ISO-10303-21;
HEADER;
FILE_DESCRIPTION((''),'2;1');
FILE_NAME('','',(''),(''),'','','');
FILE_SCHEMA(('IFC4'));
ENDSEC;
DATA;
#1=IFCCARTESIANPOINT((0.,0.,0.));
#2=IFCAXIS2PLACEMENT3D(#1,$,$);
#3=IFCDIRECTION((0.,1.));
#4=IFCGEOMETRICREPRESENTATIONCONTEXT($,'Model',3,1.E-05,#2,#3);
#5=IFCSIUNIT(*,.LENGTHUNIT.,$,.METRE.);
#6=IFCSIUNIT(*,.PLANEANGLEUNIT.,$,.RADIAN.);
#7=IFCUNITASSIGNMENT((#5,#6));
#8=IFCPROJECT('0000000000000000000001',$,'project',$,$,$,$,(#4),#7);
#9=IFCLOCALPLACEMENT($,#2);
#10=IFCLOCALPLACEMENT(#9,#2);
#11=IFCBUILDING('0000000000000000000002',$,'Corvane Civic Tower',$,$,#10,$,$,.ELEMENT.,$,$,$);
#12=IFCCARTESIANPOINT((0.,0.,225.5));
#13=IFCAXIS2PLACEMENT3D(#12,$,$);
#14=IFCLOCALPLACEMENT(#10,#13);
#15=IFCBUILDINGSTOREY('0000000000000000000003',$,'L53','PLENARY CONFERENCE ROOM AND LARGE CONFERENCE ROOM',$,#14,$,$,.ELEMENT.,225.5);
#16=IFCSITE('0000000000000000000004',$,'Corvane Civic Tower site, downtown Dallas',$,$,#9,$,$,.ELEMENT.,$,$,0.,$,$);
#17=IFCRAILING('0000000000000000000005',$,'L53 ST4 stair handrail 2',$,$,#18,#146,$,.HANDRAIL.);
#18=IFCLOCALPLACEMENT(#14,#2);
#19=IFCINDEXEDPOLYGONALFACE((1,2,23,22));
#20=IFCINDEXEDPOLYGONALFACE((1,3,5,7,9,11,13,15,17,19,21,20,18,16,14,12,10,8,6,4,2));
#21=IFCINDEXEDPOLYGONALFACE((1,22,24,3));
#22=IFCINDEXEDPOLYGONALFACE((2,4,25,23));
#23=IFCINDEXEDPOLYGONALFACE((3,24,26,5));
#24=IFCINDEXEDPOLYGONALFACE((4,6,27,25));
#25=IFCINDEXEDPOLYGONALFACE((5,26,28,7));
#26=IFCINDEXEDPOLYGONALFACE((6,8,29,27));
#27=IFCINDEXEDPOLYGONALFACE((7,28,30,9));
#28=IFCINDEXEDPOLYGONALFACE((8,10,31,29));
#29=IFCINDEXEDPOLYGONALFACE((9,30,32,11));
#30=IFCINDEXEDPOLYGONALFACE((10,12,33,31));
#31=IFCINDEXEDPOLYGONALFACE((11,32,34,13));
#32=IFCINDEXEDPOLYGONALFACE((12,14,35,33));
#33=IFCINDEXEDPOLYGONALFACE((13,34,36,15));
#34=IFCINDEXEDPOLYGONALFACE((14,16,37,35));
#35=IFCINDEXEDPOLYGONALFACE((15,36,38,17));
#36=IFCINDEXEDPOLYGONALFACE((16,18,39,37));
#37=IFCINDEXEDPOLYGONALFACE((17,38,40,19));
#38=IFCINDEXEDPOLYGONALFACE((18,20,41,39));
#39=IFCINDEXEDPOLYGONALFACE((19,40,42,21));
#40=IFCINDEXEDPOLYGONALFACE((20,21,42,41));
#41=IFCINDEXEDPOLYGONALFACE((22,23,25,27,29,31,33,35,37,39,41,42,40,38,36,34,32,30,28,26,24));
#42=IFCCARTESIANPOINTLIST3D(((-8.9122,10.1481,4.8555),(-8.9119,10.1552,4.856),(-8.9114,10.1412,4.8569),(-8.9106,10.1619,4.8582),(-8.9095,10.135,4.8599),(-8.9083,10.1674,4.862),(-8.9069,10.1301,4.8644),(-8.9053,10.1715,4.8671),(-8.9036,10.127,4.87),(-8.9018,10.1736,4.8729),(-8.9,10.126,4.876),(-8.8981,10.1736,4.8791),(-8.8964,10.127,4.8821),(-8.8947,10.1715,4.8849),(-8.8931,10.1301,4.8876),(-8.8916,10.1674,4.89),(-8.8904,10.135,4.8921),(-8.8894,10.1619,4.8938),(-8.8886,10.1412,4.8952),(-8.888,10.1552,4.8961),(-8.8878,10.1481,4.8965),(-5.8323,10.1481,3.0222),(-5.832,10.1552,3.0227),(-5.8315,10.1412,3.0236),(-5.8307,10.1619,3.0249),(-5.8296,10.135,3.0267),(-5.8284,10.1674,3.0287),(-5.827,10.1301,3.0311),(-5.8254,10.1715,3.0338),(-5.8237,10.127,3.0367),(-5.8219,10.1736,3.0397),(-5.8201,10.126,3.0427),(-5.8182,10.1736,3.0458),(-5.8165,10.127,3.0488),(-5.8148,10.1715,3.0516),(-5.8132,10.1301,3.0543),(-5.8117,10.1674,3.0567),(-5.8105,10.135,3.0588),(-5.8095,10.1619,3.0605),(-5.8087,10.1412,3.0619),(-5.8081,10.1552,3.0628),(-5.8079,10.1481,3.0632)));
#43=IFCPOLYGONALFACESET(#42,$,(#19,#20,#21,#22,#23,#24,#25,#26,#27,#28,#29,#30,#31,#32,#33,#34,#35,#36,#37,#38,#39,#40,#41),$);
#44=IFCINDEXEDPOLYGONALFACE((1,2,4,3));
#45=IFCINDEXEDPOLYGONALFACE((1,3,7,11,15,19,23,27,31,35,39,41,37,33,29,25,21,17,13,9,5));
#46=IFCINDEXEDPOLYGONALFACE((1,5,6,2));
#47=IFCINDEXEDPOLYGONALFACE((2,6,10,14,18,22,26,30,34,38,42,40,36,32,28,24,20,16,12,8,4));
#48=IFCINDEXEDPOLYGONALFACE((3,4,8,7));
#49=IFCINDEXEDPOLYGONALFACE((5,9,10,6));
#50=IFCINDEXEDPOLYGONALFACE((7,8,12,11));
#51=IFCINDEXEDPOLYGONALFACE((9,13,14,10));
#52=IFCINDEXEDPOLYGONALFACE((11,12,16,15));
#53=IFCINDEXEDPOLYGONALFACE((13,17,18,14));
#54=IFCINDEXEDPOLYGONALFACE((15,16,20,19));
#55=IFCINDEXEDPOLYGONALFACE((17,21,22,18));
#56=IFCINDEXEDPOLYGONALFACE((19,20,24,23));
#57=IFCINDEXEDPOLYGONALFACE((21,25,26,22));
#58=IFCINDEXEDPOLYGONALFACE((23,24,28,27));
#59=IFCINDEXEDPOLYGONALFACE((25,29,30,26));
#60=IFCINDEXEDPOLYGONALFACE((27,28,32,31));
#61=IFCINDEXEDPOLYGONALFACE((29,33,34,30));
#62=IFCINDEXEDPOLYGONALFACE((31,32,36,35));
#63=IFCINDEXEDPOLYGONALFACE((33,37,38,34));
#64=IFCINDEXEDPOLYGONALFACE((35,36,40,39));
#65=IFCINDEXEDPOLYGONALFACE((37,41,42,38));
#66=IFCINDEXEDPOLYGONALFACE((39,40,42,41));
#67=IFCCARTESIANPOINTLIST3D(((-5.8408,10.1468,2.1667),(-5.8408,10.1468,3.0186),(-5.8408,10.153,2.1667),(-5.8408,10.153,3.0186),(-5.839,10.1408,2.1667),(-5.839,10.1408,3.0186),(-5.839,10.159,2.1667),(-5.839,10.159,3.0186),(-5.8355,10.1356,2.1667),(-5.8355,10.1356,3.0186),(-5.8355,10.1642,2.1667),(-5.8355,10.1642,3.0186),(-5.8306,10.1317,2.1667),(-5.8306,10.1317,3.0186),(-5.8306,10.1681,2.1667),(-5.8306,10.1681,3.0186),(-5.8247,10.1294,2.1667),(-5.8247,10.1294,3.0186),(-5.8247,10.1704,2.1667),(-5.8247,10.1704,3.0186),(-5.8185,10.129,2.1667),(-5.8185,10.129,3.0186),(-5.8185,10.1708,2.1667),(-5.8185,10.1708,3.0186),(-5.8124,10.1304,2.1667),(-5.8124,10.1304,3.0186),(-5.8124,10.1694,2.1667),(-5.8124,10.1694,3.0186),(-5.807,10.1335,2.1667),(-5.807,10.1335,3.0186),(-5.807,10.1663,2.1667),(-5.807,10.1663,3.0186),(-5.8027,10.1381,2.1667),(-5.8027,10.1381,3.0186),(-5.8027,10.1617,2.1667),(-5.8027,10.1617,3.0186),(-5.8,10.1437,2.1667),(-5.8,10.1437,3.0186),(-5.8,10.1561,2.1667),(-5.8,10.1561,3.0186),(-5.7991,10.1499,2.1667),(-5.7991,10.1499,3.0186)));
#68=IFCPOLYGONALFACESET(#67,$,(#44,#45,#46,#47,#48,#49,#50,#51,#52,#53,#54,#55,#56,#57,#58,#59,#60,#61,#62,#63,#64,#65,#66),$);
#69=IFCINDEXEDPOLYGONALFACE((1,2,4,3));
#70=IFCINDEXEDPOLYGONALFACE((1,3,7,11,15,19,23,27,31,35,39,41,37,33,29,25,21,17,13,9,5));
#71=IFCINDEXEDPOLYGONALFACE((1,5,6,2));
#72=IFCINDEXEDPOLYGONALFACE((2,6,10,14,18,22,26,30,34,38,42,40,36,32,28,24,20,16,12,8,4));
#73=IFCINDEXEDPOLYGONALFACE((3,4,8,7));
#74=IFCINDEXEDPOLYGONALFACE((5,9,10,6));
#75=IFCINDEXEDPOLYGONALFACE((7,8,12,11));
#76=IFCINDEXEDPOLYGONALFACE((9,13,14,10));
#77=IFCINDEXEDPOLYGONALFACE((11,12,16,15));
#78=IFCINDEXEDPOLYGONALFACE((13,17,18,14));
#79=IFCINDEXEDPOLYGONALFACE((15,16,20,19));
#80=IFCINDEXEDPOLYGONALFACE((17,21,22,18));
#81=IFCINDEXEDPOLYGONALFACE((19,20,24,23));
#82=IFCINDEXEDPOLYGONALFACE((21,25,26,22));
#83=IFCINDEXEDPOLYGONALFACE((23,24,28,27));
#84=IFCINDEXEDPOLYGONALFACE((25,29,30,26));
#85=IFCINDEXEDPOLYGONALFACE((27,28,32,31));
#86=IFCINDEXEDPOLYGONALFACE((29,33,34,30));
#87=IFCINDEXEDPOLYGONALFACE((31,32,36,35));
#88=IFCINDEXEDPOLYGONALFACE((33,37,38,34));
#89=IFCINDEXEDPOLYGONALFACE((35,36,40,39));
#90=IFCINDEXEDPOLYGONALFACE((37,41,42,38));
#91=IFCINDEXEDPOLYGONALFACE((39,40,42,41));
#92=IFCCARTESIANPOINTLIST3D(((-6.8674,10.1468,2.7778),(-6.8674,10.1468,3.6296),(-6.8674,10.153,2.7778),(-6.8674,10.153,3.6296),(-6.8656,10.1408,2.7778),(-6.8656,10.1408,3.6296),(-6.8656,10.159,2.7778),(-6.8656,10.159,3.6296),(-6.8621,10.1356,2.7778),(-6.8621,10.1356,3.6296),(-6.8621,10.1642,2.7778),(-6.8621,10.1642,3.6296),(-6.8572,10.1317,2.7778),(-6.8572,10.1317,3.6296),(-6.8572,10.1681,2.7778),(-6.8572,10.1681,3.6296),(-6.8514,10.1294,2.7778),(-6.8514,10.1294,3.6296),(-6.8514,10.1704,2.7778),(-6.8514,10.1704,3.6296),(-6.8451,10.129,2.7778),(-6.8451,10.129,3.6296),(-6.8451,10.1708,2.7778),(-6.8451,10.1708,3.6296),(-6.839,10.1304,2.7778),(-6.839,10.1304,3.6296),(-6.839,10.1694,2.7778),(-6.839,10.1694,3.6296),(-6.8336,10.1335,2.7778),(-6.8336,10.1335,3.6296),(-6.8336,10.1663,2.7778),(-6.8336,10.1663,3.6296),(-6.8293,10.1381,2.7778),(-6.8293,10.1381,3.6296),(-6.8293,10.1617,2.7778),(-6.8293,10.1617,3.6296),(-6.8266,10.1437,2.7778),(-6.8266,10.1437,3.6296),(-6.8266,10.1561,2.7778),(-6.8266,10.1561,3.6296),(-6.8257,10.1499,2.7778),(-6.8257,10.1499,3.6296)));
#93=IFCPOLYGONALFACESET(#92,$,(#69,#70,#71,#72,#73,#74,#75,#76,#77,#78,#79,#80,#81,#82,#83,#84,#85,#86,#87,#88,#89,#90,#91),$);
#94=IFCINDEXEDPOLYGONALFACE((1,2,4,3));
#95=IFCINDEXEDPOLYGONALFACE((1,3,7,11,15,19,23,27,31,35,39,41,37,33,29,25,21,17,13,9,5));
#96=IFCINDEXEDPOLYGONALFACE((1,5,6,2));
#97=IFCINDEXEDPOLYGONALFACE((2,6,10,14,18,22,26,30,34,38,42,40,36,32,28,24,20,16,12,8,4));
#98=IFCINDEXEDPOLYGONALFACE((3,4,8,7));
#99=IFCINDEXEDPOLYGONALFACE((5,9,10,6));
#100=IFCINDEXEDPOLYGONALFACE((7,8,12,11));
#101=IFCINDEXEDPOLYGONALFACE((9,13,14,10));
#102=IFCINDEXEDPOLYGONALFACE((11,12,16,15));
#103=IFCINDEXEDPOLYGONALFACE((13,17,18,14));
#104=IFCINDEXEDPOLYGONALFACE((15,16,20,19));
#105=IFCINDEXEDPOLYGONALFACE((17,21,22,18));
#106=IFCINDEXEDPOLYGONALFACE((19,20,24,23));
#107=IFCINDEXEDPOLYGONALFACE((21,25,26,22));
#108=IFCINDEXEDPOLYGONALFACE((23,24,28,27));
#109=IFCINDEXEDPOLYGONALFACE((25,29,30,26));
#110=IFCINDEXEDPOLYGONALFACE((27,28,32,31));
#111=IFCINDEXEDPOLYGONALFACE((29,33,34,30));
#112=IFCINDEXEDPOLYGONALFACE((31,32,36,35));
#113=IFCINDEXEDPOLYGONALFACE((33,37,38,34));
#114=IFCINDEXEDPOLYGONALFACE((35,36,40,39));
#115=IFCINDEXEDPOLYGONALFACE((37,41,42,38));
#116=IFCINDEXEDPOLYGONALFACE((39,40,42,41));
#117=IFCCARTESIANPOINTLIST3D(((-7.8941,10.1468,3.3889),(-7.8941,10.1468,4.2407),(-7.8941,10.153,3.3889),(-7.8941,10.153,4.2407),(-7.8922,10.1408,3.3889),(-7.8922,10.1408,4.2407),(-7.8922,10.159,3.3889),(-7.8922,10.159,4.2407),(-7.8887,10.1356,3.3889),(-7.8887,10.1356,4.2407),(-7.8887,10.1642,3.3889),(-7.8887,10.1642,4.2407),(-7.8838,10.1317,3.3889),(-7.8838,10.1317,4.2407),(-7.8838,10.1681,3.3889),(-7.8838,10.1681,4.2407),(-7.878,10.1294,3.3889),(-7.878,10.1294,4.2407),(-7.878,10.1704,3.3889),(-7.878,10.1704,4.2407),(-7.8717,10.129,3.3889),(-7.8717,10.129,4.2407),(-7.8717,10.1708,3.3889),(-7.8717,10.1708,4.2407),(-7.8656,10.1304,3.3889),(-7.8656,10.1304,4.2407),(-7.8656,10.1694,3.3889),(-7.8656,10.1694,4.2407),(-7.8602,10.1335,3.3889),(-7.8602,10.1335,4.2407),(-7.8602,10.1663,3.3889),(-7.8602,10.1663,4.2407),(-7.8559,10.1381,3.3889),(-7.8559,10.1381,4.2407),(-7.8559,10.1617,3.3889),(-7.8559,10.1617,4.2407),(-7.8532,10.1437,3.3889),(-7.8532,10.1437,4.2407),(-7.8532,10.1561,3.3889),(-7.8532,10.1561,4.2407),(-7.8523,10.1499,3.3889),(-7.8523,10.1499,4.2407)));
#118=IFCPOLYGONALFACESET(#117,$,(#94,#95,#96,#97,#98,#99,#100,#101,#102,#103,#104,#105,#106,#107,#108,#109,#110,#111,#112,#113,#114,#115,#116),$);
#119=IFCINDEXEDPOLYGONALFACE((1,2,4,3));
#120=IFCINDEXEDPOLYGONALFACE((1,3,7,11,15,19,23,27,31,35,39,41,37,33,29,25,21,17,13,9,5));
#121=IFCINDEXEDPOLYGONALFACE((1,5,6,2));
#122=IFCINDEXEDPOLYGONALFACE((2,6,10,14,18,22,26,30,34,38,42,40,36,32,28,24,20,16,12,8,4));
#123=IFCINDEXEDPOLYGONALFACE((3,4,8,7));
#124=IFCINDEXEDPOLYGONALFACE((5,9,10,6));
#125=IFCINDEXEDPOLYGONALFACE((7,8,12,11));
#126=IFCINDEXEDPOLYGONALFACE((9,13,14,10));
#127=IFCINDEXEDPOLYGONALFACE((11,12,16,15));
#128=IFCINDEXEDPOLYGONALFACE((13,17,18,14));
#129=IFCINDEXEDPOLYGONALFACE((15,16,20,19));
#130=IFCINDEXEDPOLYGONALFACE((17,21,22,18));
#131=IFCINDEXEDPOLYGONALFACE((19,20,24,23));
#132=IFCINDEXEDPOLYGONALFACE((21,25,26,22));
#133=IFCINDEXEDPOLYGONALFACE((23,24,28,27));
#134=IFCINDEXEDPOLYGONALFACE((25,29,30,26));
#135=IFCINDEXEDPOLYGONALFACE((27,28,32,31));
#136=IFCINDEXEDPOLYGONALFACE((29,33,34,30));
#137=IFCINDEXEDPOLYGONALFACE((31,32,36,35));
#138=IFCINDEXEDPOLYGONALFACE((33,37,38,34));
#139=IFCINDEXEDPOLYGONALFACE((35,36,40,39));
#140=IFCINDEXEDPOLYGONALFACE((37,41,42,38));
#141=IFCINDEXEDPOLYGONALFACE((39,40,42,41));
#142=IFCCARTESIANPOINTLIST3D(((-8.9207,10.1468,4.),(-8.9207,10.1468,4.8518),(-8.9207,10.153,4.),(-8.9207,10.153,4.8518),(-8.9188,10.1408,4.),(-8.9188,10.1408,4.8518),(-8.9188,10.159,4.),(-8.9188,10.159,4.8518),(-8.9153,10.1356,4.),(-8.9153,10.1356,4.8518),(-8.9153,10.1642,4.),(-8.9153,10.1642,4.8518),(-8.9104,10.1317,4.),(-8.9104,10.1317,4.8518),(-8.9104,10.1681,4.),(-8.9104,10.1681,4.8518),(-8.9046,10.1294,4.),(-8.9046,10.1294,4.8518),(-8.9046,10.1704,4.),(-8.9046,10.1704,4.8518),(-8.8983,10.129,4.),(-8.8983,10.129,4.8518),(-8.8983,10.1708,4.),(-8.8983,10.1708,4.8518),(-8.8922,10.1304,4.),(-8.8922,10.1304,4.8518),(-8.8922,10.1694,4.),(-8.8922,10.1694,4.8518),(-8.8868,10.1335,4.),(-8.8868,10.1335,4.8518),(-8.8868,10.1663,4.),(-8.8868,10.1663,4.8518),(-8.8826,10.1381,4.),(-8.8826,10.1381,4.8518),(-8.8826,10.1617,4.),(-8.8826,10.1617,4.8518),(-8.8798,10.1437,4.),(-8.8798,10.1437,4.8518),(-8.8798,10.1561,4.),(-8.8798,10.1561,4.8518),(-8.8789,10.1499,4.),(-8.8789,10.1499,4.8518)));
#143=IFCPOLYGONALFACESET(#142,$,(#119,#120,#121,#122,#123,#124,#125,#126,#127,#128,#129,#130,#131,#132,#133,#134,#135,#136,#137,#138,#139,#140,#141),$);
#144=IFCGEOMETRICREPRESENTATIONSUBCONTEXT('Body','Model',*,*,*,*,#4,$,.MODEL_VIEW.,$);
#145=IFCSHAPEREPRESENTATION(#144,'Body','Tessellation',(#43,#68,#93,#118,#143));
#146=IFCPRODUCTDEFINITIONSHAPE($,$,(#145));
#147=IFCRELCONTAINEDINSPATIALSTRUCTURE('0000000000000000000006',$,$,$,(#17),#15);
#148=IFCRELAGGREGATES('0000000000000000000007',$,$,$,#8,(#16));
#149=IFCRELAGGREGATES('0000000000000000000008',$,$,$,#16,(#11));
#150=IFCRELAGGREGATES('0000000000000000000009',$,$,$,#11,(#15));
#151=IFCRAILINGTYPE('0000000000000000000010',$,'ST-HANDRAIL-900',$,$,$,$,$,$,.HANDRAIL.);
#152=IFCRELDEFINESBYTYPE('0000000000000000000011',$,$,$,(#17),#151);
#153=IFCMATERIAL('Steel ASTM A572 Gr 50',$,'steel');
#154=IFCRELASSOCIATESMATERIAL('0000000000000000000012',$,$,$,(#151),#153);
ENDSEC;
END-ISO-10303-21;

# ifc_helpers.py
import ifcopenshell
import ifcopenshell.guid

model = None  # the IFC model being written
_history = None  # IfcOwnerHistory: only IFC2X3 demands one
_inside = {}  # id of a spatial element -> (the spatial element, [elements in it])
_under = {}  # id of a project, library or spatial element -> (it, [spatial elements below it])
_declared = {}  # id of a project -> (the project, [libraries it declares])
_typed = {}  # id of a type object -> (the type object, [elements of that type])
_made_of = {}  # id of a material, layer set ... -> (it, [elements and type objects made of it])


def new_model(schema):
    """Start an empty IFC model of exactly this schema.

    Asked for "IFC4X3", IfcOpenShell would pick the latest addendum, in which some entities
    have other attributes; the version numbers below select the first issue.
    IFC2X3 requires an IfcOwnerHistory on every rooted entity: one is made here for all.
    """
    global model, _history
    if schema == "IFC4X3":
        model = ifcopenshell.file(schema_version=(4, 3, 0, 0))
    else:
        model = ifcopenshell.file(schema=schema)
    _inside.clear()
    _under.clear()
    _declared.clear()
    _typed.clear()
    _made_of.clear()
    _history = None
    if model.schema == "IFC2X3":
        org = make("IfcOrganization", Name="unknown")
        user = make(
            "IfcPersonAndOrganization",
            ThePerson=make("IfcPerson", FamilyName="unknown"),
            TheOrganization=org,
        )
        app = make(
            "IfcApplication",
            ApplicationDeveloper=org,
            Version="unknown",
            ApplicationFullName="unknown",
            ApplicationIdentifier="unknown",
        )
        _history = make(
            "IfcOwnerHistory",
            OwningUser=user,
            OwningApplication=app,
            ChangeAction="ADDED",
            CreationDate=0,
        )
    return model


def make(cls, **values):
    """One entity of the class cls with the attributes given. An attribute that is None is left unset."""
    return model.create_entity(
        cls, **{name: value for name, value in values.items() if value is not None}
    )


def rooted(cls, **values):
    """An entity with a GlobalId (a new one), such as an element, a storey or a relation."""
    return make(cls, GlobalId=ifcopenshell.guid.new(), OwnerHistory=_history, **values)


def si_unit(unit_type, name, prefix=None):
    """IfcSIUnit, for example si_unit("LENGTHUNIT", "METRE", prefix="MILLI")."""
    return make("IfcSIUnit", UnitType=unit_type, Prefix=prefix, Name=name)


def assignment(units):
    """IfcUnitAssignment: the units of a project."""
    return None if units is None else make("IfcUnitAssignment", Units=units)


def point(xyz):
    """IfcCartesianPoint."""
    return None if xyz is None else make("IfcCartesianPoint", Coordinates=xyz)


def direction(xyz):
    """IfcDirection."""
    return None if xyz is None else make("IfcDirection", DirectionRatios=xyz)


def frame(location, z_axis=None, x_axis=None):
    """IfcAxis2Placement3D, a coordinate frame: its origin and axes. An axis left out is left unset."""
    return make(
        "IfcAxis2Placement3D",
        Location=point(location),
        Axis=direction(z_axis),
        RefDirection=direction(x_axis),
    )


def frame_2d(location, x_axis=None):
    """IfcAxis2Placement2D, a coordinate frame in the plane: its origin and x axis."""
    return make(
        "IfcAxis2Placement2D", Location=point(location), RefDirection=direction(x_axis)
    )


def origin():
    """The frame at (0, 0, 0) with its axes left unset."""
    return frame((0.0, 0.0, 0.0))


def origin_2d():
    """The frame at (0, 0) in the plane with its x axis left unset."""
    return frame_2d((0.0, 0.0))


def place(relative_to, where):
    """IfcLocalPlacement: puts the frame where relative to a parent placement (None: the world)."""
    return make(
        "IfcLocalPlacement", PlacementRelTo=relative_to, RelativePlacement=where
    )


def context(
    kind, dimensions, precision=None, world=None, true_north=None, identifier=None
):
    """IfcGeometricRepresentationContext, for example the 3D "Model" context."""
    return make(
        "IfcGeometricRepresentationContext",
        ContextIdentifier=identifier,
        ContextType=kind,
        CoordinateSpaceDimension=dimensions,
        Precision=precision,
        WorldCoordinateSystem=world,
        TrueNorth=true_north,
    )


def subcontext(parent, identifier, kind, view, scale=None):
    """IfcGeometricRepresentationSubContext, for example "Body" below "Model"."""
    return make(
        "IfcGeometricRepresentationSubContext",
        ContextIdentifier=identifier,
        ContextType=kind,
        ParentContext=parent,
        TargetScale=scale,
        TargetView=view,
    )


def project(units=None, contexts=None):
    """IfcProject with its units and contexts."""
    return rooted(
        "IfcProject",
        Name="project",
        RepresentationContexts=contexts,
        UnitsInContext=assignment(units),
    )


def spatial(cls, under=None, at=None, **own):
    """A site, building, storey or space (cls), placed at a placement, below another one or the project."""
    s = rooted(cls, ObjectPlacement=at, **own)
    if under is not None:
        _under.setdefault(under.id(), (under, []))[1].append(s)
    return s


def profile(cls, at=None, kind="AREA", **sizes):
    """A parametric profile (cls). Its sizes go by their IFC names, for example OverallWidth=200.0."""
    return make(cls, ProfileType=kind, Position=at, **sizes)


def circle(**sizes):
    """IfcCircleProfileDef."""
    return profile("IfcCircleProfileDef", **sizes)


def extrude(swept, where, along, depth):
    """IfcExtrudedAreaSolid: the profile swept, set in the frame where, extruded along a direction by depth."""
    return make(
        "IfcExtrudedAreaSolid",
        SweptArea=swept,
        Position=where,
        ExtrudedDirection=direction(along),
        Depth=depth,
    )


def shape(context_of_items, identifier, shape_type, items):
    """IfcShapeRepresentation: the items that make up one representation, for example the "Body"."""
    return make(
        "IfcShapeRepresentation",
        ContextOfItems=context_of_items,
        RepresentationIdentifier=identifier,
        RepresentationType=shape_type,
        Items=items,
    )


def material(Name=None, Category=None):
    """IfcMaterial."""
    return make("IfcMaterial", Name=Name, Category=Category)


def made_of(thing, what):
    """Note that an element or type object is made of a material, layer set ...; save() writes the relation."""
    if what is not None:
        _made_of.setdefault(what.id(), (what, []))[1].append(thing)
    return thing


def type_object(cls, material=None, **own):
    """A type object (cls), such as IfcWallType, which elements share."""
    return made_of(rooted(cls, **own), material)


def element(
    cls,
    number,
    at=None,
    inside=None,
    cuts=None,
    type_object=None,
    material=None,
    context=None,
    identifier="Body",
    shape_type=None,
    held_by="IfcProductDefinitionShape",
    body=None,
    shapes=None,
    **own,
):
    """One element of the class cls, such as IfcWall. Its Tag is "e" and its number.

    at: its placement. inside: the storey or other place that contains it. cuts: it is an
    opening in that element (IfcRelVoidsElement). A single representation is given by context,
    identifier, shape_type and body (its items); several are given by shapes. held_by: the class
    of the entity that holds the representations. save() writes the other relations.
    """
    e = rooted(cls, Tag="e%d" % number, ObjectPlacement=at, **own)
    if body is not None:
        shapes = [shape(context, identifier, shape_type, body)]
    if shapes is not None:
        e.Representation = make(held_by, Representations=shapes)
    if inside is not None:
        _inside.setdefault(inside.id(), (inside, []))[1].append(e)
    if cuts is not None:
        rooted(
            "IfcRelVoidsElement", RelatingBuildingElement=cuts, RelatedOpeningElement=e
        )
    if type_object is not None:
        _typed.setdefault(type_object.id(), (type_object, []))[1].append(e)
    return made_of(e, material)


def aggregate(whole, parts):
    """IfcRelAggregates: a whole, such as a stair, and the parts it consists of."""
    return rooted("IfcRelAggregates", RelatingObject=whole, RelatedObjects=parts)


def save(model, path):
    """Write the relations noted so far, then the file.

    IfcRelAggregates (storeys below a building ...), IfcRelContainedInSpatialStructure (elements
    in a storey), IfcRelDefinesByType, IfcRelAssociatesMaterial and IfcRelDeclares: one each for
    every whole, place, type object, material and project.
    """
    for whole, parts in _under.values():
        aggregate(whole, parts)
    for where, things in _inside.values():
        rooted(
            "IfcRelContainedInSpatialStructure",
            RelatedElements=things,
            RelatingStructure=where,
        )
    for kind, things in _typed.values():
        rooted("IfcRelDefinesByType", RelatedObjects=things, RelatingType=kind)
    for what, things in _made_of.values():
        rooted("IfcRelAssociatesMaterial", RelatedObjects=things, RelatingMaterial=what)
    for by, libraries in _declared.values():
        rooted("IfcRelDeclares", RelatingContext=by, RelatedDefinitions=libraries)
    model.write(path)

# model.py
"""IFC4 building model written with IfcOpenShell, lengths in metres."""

from ifc_helpers import new_model, si_unit, direction, frame, origin, origin_2d, place, context, subcontext, project, spatial, circle, extrude, material, type_object, element, save


model = new_model("IFC4")

# Units and contexts
model_context = context("Model", 3, precision=1e-05, world=origin(), true_north=direction((0.0, 1.0)))
body_context = subcontext(model_context, "Body", "Model", "MODEL_VIEW")
ifc_project = project(units=[si_unit("LENGTHUNIT", "METRE"), si_unit("PLANEANGLEUNIT", "RADIAN")], contexts=[model_context])

# Site, building, storey
site_placement = place(None, origin())
site = spatial("IfcSite", under=ifc_project, at=site_placement, Name="Corvane Civic Tower site, downtown Dallas", CompositionType="ELEMENT", RefElevation=0.0)
building_placement = place(site_placement, origin())
building = spatial("IfcBuilding", under=site, at=building_placement, Name="Corvane Civic Tower", CompositionType="ELEMENT")
storey_placement = place(building_placement, frame((0.0, 0.0, 225.5)))
storey = spatial("IfcBuildingStorey", under=building, at=storey_placement, Name="L53", Description="PLENARY CONFERENCE ROOM AND LARGE CONFERENCE ROOM", CompositionType="ELEMENT", Elevation=225.5)

# Railing
ifc_material_1 = material(Name="Steel ASTM A572 Gr 50", Category="steel")
railing_type_1 = type_object("IfcRailingType", Name="ST-HANDRAIL-900", PredefinedType="HANDRAIL", material=ifc_material_1)
railing_1_placement = place(storey_placement, frame((-5.8201, 10.1499, 2.1667)))
element("IfcRailing", 1, at=railing_1_placement, inside=storey, type_object=railing_type_1, Name="L53 ST4 stair handrail 2", PredefinedType="HANDRAIL", context=body_context, shape_type="SweptSolid", body=[
    extrude(circle(Radius=0.0239, at=origin_2d()), frame((0.0, 0.0, 0.876), z_axis=(-0.859291, 0.0, 0.511487), x_axis=(0.0, -1.0, 0.0)), (0.0, 0.0, 1.0), 3.5842),
    extrude(circle(Radius=0.021, at=origin_2d()), origin(), (0.0, 0.0, 1.0), 0.8518),
    extrude(circle(Radius=0.021, at=origin_2d()), frame((-1.0266, 0.0, 0.6111)), (0.0, 0.0, 1.0), 0.8518),
    extrude(circle(Radius=0.021, at=origin_2d()), frame((-2.0532, 0.0, 1.2222)), (0.0, 0.0, 1.0), 0.8518),
    extrude(circle(Radius=0.021, at=origin_2d()), frame((-3.0798, 0.0, 1.8333)), (0.0, 0.0, 1.0), 0.8518),
])

save(model, "model.ifc")
